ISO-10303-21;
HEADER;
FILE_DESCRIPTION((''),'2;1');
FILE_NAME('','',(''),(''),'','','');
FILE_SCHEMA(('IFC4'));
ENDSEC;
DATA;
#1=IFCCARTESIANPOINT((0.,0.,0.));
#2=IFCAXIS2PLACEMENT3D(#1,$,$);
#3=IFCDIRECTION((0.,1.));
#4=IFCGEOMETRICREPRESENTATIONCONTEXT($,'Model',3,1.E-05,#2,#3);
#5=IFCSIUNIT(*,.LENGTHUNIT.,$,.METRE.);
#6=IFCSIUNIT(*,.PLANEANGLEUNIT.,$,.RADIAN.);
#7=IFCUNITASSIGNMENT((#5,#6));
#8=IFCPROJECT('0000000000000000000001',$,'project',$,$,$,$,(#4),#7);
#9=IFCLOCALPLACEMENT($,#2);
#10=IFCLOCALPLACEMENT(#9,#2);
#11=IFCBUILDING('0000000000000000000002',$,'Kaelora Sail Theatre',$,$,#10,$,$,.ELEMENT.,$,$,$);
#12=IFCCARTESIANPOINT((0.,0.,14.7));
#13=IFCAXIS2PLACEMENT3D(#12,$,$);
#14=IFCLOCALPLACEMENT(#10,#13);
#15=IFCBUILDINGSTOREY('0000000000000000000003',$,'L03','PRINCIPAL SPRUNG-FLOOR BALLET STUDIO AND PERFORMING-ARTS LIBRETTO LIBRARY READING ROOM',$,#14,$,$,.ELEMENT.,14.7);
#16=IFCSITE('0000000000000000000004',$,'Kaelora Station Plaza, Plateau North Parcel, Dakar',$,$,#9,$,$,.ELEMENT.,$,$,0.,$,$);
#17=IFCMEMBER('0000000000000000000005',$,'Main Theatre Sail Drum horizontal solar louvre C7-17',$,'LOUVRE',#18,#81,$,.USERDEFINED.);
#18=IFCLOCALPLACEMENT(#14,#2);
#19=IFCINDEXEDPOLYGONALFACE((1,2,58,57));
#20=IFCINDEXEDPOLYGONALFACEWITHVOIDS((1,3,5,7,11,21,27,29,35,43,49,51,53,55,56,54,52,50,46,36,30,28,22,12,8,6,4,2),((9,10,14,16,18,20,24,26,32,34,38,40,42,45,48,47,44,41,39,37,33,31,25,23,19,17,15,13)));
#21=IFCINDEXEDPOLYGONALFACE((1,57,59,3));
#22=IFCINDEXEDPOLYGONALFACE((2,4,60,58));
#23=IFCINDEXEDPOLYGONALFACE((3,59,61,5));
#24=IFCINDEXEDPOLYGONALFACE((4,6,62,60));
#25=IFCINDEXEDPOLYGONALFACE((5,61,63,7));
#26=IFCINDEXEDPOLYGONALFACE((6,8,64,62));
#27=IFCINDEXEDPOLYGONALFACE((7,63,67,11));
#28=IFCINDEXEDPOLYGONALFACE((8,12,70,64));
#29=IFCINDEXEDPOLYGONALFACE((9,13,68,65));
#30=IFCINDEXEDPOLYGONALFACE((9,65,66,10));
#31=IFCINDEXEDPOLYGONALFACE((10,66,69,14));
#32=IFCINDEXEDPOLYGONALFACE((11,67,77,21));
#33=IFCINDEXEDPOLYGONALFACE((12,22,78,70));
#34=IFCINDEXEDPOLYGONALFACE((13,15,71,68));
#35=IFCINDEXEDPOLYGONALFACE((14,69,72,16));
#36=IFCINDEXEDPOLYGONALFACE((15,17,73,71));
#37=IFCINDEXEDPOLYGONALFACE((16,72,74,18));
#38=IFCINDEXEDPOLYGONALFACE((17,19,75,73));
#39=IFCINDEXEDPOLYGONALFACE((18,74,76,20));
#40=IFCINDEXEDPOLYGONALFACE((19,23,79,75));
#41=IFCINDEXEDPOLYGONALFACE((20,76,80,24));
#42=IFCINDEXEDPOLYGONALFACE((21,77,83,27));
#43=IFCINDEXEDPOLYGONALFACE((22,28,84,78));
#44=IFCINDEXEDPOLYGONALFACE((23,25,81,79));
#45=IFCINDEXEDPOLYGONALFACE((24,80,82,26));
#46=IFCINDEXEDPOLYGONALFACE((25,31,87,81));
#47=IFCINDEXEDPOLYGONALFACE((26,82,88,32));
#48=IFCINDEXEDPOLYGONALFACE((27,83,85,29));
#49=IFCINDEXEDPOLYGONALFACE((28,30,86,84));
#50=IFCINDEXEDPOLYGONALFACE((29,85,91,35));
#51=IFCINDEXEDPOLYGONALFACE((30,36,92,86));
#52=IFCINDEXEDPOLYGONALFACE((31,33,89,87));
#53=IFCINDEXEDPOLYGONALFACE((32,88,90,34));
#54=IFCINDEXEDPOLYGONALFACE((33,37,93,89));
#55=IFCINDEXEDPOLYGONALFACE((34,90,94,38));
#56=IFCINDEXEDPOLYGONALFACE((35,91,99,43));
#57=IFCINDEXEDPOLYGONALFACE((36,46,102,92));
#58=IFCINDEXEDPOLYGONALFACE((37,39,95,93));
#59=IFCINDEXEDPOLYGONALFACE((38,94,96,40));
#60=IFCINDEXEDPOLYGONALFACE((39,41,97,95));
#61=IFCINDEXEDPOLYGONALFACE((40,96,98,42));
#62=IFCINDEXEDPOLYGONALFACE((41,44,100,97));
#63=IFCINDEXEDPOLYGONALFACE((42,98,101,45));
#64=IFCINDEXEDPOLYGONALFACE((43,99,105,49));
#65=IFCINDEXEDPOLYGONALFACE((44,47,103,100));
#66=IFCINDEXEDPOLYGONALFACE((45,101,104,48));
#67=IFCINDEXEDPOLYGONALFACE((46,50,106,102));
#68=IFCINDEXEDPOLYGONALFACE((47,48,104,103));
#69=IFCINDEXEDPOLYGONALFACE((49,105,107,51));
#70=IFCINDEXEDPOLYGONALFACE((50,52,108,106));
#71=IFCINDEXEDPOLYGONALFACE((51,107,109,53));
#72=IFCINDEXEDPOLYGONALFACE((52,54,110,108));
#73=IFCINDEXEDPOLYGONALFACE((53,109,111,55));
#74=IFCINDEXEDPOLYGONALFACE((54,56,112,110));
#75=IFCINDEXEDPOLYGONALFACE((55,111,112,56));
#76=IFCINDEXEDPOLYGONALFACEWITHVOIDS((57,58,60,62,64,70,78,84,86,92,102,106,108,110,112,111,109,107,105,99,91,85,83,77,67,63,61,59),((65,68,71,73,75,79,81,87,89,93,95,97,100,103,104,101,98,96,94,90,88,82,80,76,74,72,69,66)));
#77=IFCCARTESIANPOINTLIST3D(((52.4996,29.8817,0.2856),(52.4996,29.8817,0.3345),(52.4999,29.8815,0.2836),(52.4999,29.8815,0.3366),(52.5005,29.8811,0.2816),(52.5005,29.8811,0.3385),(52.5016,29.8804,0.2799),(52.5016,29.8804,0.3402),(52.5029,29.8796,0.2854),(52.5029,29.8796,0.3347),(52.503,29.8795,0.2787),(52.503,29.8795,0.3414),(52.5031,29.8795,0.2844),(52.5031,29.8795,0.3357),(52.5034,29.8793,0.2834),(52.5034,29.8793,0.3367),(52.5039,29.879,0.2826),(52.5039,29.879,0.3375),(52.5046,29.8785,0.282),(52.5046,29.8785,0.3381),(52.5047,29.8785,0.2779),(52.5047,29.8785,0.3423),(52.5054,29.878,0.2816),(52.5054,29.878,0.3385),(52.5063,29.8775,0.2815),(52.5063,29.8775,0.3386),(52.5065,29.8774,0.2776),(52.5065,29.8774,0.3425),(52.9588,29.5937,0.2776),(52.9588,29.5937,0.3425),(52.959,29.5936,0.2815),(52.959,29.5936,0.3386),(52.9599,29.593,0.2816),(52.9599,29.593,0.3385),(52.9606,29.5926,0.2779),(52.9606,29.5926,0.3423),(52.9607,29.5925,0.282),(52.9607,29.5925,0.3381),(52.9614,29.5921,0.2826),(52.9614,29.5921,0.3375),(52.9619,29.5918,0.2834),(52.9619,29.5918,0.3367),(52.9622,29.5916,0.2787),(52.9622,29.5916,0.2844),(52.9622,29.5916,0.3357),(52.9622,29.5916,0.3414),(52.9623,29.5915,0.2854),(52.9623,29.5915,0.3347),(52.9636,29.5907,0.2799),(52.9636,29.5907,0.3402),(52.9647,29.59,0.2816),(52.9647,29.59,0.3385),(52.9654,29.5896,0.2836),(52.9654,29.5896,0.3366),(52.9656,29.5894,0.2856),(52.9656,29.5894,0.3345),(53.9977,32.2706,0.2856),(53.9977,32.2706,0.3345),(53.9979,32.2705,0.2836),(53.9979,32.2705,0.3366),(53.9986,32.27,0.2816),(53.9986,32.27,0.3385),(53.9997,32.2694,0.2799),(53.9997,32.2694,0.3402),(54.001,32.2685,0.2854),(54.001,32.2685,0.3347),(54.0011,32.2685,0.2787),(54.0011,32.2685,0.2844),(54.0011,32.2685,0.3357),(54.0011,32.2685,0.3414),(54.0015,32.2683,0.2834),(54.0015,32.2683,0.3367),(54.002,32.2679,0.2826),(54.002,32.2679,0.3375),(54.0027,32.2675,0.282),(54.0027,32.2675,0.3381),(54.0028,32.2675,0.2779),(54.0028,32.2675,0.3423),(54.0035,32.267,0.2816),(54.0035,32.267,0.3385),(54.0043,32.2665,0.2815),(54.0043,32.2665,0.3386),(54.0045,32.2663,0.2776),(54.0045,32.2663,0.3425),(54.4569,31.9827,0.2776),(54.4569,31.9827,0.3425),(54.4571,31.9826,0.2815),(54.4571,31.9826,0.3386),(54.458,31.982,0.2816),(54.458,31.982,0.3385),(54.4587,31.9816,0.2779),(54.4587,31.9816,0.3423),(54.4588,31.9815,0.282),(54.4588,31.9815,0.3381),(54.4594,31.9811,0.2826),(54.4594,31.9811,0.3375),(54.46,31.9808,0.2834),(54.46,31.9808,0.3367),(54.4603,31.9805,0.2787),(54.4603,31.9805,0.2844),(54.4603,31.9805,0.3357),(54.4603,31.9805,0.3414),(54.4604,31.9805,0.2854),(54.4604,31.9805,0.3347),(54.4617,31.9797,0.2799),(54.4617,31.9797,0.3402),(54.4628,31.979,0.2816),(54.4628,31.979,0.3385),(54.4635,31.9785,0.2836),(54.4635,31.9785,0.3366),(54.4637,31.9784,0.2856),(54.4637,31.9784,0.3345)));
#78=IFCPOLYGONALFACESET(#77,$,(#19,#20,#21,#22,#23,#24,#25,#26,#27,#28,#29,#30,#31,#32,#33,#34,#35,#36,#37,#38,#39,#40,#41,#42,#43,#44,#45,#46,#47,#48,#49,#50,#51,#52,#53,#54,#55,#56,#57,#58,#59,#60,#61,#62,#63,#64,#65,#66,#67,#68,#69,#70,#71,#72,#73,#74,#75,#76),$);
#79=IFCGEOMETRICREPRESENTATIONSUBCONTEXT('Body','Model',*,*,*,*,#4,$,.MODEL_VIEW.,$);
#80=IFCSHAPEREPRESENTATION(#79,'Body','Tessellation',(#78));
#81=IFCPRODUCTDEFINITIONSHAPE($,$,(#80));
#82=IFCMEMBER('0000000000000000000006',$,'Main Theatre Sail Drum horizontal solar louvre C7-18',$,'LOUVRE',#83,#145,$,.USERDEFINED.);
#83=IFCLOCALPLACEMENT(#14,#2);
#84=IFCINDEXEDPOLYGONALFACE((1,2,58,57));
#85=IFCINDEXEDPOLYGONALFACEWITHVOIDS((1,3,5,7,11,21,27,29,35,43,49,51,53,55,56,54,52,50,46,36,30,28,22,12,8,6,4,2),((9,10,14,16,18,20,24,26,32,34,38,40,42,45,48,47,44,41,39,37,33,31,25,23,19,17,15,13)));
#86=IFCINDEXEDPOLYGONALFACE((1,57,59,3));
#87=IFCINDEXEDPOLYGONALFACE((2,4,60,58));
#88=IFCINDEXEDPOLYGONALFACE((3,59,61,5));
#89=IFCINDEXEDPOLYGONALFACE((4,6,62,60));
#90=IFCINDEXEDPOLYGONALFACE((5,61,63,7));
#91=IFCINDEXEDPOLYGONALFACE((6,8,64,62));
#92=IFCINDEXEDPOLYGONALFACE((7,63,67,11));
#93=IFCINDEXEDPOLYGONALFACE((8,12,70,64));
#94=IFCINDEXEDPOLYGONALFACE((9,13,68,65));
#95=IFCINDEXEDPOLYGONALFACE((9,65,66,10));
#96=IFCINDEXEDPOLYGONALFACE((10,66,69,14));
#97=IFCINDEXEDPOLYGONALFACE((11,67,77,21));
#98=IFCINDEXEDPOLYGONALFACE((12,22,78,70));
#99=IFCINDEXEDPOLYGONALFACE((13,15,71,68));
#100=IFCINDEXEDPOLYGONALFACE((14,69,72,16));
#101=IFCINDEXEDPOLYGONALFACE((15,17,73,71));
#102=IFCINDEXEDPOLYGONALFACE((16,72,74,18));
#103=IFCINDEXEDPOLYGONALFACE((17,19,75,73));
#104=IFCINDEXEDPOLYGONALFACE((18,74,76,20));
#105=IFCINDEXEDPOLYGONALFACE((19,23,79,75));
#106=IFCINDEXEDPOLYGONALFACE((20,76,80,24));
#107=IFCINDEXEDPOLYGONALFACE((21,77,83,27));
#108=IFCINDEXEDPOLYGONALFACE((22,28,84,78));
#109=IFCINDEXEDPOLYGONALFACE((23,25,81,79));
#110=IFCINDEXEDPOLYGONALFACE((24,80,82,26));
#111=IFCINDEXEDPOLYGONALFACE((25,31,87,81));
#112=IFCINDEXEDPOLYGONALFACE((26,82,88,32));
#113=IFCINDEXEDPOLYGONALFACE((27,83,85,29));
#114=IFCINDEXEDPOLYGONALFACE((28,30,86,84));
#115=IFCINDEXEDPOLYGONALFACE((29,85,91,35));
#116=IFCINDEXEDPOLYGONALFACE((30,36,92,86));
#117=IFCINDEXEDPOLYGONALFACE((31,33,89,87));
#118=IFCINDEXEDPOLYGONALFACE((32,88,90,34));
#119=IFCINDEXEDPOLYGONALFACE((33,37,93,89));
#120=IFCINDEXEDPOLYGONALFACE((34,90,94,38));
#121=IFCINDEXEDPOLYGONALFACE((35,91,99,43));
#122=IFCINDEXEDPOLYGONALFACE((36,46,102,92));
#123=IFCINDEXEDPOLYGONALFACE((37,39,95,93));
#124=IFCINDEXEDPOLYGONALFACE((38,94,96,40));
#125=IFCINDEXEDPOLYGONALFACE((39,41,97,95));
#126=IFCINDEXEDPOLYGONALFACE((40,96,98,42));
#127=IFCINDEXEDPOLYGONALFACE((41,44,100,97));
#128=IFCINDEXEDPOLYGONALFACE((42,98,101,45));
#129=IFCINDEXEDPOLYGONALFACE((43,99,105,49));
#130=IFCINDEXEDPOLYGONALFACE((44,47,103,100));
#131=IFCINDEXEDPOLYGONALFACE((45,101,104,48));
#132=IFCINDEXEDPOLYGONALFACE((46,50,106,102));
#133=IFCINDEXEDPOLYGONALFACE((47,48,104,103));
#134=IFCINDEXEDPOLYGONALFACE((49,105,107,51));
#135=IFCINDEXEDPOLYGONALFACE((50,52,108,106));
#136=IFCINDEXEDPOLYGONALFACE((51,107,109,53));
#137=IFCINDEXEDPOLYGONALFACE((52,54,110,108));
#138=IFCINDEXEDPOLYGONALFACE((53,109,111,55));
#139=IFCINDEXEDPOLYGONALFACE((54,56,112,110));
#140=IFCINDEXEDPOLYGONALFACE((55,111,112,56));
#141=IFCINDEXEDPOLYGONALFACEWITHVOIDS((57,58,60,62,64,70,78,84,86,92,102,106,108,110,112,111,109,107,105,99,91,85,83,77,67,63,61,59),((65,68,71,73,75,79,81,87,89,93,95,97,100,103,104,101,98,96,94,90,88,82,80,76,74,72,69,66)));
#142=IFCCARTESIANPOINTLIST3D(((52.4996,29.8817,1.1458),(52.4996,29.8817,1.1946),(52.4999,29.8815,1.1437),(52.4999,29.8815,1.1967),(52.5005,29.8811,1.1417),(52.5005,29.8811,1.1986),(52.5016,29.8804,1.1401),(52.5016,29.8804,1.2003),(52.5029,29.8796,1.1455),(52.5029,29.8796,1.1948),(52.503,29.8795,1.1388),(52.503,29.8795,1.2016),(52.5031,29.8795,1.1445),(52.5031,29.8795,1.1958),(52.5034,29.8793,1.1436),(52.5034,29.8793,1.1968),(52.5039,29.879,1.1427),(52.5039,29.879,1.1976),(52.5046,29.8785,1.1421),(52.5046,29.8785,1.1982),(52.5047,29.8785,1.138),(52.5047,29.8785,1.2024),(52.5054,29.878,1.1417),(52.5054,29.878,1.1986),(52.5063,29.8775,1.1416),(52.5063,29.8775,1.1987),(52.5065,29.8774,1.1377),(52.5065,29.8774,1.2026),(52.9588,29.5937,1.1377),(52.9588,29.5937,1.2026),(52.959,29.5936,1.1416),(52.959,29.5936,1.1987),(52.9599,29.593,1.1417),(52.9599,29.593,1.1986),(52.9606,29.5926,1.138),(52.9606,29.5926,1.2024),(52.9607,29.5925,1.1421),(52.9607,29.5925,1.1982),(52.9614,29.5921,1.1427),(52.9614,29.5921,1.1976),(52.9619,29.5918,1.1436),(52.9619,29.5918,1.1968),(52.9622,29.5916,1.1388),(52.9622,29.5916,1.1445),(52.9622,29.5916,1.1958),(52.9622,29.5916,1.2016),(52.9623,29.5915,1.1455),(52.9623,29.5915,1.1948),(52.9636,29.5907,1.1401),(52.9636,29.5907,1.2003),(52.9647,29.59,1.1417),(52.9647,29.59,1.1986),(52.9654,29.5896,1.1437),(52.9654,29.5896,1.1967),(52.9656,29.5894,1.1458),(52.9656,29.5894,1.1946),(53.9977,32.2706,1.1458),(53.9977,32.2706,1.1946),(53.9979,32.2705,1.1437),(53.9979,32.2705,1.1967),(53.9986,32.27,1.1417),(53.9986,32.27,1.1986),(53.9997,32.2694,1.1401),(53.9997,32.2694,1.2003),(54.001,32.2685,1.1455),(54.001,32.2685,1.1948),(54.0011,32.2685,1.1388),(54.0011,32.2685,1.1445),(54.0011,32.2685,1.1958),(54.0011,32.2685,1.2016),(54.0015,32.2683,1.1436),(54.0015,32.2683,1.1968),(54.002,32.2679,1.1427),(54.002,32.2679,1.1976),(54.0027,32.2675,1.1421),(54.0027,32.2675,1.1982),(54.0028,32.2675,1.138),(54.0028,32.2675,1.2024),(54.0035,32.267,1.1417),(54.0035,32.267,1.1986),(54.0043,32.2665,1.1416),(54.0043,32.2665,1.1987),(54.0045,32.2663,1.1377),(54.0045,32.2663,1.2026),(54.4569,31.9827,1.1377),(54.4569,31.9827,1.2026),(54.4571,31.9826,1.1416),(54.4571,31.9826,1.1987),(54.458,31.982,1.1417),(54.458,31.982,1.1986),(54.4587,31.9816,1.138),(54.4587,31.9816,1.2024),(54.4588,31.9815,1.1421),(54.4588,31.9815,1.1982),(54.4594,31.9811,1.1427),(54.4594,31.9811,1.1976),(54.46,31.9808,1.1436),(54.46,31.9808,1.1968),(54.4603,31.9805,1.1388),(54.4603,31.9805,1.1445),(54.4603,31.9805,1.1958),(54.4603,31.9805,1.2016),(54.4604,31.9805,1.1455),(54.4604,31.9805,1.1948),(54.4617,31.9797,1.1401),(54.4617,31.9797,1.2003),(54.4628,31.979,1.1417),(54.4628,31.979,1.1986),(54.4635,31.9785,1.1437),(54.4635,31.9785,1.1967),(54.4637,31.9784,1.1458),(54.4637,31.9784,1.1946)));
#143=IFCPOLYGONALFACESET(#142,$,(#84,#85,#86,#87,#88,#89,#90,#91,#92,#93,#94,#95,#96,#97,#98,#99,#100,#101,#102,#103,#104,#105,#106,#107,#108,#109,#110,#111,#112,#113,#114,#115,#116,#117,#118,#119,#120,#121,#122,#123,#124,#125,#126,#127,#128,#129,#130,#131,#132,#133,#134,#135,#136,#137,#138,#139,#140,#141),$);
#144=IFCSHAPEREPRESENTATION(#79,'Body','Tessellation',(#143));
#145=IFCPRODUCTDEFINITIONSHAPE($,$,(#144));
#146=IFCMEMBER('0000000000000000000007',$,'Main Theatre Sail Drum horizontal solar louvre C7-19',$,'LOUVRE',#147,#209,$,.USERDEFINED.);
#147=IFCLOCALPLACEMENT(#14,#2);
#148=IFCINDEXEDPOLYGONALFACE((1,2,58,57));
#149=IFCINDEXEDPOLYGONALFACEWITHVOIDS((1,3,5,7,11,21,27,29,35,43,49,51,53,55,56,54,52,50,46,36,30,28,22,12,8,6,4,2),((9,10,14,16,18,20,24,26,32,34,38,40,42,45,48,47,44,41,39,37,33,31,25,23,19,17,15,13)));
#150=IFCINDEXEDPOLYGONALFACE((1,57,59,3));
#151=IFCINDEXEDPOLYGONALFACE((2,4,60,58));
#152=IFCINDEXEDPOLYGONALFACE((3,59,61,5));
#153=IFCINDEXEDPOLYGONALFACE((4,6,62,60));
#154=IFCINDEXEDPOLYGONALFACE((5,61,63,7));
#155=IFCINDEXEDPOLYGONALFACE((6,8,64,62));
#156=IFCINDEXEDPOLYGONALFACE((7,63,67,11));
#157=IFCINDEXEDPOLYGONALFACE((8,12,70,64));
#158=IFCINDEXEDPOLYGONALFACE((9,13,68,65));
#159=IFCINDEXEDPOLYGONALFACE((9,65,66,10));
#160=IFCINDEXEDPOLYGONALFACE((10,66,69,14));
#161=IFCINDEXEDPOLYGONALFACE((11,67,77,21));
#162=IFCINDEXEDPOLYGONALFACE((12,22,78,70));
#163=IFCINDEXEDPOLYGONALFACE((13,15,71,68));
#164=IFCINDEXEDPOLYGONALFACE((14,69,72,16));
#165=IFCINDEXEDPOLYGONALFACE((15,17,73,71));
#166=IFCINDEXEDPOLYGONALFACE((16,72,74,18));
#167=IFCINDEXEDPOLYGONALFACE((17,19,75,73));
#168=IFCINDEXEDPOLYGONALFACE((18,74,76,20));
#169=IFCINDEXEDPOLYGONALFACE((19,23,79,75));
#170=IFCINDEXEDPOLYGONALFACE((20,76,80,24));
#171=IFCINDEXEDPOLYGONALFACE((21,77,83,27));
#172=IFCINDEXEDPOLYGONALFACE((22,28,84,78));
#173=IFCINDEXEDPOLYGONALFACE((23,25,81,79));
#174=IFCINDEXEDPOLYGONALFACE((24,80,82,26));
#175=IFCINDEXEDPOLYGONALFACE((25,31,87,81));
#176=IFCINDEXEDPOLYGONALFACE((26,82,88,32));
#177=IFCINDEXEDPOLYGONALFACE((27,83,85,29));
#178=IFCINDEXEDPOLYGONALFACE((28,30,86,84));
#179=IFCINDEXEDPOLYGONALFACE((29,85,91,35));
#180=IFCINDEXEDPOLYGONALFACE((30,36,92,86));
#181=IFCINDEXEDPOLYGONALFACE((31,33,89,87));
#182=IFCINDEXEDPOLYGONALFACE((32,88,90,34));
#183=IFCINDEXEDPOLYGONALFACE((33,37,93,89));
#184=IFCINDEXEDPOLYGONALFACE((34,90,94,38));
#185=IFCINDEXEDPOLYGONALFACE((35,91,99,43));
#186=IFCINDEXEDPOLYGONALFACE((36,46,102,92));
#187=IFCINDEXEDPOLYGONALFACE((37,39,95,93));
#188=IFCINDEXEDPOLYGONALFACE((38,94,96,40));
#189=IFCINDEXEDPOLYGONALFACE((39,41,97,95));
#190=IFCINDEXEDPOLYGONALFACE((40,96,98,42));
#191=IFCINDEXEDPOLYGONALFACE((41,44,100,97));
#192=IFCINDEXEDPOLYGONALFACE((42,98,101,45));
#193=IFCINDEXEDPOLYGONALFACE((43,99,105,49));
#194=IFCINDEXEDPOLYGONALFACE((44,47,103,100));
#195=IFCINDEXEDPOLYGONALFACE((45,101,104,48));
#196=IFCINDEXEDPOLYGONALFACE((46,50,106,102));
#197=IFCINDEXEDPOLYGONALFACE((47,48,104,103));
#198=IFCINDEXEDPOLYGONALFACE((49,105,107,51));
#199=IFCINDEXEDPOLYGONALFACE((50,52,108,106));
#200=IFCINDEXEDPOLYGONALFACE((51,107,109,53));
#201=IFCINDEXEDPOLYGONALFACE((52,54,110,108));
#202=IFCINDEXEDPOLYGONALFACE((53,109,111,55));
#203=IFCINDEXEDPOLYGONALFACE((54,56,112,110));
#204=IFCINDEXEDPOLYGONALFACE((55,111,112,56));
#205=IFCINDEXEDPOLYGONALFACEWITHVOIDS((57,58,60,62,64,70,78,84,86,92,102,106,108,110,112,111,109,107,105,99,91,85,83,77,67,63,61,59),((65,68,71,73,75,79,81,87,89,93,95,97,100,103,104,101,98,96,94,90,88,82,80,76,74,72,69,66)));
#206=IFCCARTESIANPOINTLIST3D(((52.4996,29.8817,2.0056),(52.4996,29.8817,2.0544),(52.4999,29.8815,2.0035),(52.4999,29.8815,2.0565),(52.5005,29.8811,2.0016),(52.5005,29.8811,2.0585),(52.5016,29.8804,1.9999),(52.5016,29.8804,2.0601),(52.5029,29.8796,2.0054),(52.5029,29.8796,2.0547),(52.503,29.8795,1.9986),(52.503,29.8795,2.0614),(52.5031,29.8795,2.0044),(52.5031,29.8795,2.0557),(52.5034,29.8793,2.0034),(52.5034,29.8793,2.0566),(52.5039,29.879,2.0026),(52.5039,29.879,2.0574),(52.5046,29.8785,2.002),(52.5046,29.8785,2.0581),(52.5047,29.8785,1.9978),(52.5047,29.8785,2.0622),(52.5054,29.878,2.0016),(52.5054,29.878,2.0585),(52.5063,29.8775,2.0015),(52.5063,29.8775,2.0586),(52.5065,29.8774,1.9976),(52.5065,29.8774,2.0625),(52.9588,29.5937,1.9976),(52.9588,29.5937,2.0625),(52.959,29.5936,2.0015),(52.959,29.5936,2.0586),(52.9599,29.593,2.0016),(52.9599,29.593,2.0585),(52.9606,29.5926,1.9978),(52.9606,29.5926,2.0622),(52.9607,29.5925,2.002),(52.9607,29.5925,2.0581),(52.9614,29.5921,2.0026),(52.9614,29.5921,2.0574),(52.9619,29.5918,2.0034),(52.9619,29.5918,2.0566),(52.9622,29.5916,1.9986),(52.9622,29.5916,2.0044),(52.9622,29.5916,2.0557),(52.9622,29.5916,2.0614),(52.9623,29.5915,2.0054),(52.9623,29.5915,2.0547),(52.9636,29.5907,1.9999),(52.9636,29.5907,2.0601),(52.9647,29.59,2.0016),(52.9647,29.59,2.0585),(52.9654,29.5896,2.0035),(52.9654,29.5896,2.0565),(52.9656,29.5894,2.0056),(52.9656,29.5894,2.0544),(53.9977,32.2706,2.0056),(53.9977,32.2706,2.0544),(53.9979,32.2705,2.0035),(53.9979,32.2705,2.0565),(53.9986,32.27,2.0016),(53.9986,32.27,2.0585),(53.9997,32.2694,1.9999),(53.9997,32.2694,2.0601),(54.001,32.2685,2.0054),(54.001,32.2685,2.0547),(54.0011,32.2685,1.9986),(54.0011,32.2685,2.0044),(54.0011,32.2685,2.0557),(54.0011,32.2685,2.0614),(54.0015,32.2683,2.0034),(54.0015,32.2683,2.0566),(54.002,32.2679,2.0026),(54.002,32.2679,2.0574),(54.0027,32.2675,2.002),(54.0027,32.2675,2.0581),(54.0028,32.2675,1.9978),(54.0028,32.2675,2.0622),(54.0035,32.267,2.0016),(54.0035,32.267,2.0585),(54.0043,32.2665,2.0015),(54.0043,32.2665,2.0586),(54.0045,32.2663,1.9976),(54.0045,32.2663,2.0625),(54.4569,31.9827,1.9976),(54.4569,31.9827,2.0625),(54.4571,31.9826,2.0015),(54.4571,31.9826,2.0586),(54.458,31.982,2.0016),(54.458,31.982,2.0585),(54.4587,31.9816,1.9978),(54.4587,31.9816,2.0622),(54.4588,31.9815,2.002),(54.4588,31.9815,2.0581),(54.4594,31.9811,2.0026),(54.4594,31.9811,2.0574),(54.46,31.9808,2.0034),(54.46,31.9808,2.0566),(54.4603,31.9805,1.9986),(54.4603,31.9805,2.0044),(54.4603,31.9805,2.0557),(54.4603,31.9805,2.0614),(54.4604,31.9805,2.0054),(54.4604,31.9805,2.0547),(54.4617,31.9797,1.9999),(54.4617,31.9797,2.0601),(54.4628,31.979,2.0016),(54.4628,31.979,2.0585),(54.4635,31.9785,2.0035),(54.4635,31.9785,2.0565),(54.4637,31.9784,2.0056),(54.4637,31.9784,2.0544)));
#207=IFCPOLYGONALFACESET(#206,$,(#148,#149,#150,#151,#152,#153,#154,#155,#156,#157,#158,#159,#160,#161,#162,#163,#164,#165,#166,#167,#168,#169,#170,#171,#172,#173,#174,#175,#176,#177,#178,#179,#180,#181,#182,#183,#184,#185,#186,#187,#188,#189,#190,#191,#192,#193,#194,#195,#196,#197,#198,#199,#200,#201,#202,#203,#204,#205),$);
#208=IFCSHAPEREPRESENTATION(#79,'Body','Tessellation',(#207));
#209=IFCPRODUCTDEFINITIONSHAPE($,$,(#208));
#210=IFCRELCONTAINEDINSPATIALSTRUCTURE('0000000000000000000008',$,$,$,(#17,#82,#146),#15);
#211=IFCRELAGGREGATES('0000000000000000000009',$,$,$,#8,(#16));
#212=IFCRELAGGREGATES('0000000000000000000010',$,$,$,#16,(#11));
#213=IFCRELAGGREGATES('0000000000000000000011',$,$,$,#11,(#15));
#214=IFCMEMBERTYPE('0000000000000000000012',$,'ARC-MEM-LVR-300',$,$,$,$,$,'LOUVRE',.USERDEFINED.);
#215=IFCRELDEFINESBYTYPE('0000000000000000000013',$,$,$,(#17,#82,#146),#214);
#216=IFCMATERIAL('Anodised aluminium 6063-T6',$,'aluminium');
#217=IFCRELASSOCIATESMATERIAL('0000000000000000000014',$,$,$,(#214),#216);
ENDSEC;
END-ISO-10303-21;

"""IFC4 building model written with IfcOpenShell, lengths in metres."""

from ifc_helpers import new_model, si_unit, direction, frame, origin, origin_2d, place, context, subcontext, project, spatial, hollow_rectangle, extrude, material, material_profile, profile_set, type_object, element, save


model = new_model("IFC4")

# Units and contexts
model_context = context("Model", 3, precision=1e-05, world=origin(), true_north=direction((0.0, 1.0)))
body_context = subcontext(model_context, "Body", "Model", "MODEL_VIEW")
ifc_project = project(units=[si_unit("LENGTHUNIT", "METRE"), si_unit("PLANEANGLEUNIT", "RADIAN")], contexts=[model_context])

# Site, building, storey
site_placement = place(None, origin())
site = spatial("IfcSite", under=ifc_project, at=site_placement, Name="Kaelora Station Plaza, Plateau North Parcel, Dakar", CompositionType="ELEMENT", RefElevation=0.0)
building_placement = place(site_placement, origin())
building = spatial("IfcBuilding", under=site, at=building_placement, Name="Kaelora Sail Theatre", CompositionType="ELEMENT")
storey_placement = place(building_placement, frame((0.0, 0.0, 14.7)))
storey = spatial("IfcBuildingStorey", under=building, at=storey_placement, Name="L03", Description="PRINCIPAL SPRUNG-FLOOR BALLET STUDIO AND PERFORMING-ARTS LIBRETTO LIBRARY READING ROOM", CompositionType="ELEMENT", Elevation=14.7)

# Members
ifc_material_1 = material(Name="Anodised aluminium 6063-T6", Category="aluminium")
ifc_material_profile_1 = material_profile(ifc_material_1, hollow_rectangle(XDim=0.55, YDim=0.0649, WallThickness=0.0039, InnerFilletRadius=0.0039, OuterFilletRadius=0.0081, at=origin_2d()), Name="LOUVRE 550x65x4")
ifc_profile_set_1 = profile_set([ifc_material_profile_1], Name="Anodised aluminium 6063-T6")
member_type = type_object("IfcMemberType", Name="ARC-MEM-LVR-300", ElementType="LOUVRE", PredefinedType="USERDEFINED", material=ifc_profile_set_1)
for number, where, z_axis, x_axis, name in (
    (1, (54.2307, 32.1245, 0.3101), (-0.531267, -0.847204, 0.0), (0.847204, -0.531267, 0.0), "Main Theatre Sail Drum horizontal solar louvre C7-17"),
    (2, (54.2307, 32.1245, 1.1702), (-0.531267, -0.847204, 0.0), (0.847204, -0.531267, 0.0), "Main Theatre Sail Drum horizontal solar louvre C7-18"),
    (3, (54.2307, 32.1245, 2.03), (-0.531267, -0.847204, 0.0), (0.847204, -0.531267, 0.0), "Main Theatre Sail Drum horizontal solar louvre C7-19"),
):
    element("IfcMember", number, at=place(storey_placement, frame(where, z_axis=z_axis, x_axis=x_axis)), inside=storey, type_object=member_type, Name=name, ObjectType="LOUVRE", PredefinedType="USERDEFINED", context=body_context, shape_type="SweptSolid", body=[
        extrude(hollow_rectangle(XDim=0.55, YDim=0.0649, WallThickness=0.0039, InnerFilletRadius=0.0039, OuterFilletRadius=0.0081, at=origin_2d()), origin(), (0.0, 0.0, 1.0), 2.8198),
    ])

save(model, "model.ifc")
